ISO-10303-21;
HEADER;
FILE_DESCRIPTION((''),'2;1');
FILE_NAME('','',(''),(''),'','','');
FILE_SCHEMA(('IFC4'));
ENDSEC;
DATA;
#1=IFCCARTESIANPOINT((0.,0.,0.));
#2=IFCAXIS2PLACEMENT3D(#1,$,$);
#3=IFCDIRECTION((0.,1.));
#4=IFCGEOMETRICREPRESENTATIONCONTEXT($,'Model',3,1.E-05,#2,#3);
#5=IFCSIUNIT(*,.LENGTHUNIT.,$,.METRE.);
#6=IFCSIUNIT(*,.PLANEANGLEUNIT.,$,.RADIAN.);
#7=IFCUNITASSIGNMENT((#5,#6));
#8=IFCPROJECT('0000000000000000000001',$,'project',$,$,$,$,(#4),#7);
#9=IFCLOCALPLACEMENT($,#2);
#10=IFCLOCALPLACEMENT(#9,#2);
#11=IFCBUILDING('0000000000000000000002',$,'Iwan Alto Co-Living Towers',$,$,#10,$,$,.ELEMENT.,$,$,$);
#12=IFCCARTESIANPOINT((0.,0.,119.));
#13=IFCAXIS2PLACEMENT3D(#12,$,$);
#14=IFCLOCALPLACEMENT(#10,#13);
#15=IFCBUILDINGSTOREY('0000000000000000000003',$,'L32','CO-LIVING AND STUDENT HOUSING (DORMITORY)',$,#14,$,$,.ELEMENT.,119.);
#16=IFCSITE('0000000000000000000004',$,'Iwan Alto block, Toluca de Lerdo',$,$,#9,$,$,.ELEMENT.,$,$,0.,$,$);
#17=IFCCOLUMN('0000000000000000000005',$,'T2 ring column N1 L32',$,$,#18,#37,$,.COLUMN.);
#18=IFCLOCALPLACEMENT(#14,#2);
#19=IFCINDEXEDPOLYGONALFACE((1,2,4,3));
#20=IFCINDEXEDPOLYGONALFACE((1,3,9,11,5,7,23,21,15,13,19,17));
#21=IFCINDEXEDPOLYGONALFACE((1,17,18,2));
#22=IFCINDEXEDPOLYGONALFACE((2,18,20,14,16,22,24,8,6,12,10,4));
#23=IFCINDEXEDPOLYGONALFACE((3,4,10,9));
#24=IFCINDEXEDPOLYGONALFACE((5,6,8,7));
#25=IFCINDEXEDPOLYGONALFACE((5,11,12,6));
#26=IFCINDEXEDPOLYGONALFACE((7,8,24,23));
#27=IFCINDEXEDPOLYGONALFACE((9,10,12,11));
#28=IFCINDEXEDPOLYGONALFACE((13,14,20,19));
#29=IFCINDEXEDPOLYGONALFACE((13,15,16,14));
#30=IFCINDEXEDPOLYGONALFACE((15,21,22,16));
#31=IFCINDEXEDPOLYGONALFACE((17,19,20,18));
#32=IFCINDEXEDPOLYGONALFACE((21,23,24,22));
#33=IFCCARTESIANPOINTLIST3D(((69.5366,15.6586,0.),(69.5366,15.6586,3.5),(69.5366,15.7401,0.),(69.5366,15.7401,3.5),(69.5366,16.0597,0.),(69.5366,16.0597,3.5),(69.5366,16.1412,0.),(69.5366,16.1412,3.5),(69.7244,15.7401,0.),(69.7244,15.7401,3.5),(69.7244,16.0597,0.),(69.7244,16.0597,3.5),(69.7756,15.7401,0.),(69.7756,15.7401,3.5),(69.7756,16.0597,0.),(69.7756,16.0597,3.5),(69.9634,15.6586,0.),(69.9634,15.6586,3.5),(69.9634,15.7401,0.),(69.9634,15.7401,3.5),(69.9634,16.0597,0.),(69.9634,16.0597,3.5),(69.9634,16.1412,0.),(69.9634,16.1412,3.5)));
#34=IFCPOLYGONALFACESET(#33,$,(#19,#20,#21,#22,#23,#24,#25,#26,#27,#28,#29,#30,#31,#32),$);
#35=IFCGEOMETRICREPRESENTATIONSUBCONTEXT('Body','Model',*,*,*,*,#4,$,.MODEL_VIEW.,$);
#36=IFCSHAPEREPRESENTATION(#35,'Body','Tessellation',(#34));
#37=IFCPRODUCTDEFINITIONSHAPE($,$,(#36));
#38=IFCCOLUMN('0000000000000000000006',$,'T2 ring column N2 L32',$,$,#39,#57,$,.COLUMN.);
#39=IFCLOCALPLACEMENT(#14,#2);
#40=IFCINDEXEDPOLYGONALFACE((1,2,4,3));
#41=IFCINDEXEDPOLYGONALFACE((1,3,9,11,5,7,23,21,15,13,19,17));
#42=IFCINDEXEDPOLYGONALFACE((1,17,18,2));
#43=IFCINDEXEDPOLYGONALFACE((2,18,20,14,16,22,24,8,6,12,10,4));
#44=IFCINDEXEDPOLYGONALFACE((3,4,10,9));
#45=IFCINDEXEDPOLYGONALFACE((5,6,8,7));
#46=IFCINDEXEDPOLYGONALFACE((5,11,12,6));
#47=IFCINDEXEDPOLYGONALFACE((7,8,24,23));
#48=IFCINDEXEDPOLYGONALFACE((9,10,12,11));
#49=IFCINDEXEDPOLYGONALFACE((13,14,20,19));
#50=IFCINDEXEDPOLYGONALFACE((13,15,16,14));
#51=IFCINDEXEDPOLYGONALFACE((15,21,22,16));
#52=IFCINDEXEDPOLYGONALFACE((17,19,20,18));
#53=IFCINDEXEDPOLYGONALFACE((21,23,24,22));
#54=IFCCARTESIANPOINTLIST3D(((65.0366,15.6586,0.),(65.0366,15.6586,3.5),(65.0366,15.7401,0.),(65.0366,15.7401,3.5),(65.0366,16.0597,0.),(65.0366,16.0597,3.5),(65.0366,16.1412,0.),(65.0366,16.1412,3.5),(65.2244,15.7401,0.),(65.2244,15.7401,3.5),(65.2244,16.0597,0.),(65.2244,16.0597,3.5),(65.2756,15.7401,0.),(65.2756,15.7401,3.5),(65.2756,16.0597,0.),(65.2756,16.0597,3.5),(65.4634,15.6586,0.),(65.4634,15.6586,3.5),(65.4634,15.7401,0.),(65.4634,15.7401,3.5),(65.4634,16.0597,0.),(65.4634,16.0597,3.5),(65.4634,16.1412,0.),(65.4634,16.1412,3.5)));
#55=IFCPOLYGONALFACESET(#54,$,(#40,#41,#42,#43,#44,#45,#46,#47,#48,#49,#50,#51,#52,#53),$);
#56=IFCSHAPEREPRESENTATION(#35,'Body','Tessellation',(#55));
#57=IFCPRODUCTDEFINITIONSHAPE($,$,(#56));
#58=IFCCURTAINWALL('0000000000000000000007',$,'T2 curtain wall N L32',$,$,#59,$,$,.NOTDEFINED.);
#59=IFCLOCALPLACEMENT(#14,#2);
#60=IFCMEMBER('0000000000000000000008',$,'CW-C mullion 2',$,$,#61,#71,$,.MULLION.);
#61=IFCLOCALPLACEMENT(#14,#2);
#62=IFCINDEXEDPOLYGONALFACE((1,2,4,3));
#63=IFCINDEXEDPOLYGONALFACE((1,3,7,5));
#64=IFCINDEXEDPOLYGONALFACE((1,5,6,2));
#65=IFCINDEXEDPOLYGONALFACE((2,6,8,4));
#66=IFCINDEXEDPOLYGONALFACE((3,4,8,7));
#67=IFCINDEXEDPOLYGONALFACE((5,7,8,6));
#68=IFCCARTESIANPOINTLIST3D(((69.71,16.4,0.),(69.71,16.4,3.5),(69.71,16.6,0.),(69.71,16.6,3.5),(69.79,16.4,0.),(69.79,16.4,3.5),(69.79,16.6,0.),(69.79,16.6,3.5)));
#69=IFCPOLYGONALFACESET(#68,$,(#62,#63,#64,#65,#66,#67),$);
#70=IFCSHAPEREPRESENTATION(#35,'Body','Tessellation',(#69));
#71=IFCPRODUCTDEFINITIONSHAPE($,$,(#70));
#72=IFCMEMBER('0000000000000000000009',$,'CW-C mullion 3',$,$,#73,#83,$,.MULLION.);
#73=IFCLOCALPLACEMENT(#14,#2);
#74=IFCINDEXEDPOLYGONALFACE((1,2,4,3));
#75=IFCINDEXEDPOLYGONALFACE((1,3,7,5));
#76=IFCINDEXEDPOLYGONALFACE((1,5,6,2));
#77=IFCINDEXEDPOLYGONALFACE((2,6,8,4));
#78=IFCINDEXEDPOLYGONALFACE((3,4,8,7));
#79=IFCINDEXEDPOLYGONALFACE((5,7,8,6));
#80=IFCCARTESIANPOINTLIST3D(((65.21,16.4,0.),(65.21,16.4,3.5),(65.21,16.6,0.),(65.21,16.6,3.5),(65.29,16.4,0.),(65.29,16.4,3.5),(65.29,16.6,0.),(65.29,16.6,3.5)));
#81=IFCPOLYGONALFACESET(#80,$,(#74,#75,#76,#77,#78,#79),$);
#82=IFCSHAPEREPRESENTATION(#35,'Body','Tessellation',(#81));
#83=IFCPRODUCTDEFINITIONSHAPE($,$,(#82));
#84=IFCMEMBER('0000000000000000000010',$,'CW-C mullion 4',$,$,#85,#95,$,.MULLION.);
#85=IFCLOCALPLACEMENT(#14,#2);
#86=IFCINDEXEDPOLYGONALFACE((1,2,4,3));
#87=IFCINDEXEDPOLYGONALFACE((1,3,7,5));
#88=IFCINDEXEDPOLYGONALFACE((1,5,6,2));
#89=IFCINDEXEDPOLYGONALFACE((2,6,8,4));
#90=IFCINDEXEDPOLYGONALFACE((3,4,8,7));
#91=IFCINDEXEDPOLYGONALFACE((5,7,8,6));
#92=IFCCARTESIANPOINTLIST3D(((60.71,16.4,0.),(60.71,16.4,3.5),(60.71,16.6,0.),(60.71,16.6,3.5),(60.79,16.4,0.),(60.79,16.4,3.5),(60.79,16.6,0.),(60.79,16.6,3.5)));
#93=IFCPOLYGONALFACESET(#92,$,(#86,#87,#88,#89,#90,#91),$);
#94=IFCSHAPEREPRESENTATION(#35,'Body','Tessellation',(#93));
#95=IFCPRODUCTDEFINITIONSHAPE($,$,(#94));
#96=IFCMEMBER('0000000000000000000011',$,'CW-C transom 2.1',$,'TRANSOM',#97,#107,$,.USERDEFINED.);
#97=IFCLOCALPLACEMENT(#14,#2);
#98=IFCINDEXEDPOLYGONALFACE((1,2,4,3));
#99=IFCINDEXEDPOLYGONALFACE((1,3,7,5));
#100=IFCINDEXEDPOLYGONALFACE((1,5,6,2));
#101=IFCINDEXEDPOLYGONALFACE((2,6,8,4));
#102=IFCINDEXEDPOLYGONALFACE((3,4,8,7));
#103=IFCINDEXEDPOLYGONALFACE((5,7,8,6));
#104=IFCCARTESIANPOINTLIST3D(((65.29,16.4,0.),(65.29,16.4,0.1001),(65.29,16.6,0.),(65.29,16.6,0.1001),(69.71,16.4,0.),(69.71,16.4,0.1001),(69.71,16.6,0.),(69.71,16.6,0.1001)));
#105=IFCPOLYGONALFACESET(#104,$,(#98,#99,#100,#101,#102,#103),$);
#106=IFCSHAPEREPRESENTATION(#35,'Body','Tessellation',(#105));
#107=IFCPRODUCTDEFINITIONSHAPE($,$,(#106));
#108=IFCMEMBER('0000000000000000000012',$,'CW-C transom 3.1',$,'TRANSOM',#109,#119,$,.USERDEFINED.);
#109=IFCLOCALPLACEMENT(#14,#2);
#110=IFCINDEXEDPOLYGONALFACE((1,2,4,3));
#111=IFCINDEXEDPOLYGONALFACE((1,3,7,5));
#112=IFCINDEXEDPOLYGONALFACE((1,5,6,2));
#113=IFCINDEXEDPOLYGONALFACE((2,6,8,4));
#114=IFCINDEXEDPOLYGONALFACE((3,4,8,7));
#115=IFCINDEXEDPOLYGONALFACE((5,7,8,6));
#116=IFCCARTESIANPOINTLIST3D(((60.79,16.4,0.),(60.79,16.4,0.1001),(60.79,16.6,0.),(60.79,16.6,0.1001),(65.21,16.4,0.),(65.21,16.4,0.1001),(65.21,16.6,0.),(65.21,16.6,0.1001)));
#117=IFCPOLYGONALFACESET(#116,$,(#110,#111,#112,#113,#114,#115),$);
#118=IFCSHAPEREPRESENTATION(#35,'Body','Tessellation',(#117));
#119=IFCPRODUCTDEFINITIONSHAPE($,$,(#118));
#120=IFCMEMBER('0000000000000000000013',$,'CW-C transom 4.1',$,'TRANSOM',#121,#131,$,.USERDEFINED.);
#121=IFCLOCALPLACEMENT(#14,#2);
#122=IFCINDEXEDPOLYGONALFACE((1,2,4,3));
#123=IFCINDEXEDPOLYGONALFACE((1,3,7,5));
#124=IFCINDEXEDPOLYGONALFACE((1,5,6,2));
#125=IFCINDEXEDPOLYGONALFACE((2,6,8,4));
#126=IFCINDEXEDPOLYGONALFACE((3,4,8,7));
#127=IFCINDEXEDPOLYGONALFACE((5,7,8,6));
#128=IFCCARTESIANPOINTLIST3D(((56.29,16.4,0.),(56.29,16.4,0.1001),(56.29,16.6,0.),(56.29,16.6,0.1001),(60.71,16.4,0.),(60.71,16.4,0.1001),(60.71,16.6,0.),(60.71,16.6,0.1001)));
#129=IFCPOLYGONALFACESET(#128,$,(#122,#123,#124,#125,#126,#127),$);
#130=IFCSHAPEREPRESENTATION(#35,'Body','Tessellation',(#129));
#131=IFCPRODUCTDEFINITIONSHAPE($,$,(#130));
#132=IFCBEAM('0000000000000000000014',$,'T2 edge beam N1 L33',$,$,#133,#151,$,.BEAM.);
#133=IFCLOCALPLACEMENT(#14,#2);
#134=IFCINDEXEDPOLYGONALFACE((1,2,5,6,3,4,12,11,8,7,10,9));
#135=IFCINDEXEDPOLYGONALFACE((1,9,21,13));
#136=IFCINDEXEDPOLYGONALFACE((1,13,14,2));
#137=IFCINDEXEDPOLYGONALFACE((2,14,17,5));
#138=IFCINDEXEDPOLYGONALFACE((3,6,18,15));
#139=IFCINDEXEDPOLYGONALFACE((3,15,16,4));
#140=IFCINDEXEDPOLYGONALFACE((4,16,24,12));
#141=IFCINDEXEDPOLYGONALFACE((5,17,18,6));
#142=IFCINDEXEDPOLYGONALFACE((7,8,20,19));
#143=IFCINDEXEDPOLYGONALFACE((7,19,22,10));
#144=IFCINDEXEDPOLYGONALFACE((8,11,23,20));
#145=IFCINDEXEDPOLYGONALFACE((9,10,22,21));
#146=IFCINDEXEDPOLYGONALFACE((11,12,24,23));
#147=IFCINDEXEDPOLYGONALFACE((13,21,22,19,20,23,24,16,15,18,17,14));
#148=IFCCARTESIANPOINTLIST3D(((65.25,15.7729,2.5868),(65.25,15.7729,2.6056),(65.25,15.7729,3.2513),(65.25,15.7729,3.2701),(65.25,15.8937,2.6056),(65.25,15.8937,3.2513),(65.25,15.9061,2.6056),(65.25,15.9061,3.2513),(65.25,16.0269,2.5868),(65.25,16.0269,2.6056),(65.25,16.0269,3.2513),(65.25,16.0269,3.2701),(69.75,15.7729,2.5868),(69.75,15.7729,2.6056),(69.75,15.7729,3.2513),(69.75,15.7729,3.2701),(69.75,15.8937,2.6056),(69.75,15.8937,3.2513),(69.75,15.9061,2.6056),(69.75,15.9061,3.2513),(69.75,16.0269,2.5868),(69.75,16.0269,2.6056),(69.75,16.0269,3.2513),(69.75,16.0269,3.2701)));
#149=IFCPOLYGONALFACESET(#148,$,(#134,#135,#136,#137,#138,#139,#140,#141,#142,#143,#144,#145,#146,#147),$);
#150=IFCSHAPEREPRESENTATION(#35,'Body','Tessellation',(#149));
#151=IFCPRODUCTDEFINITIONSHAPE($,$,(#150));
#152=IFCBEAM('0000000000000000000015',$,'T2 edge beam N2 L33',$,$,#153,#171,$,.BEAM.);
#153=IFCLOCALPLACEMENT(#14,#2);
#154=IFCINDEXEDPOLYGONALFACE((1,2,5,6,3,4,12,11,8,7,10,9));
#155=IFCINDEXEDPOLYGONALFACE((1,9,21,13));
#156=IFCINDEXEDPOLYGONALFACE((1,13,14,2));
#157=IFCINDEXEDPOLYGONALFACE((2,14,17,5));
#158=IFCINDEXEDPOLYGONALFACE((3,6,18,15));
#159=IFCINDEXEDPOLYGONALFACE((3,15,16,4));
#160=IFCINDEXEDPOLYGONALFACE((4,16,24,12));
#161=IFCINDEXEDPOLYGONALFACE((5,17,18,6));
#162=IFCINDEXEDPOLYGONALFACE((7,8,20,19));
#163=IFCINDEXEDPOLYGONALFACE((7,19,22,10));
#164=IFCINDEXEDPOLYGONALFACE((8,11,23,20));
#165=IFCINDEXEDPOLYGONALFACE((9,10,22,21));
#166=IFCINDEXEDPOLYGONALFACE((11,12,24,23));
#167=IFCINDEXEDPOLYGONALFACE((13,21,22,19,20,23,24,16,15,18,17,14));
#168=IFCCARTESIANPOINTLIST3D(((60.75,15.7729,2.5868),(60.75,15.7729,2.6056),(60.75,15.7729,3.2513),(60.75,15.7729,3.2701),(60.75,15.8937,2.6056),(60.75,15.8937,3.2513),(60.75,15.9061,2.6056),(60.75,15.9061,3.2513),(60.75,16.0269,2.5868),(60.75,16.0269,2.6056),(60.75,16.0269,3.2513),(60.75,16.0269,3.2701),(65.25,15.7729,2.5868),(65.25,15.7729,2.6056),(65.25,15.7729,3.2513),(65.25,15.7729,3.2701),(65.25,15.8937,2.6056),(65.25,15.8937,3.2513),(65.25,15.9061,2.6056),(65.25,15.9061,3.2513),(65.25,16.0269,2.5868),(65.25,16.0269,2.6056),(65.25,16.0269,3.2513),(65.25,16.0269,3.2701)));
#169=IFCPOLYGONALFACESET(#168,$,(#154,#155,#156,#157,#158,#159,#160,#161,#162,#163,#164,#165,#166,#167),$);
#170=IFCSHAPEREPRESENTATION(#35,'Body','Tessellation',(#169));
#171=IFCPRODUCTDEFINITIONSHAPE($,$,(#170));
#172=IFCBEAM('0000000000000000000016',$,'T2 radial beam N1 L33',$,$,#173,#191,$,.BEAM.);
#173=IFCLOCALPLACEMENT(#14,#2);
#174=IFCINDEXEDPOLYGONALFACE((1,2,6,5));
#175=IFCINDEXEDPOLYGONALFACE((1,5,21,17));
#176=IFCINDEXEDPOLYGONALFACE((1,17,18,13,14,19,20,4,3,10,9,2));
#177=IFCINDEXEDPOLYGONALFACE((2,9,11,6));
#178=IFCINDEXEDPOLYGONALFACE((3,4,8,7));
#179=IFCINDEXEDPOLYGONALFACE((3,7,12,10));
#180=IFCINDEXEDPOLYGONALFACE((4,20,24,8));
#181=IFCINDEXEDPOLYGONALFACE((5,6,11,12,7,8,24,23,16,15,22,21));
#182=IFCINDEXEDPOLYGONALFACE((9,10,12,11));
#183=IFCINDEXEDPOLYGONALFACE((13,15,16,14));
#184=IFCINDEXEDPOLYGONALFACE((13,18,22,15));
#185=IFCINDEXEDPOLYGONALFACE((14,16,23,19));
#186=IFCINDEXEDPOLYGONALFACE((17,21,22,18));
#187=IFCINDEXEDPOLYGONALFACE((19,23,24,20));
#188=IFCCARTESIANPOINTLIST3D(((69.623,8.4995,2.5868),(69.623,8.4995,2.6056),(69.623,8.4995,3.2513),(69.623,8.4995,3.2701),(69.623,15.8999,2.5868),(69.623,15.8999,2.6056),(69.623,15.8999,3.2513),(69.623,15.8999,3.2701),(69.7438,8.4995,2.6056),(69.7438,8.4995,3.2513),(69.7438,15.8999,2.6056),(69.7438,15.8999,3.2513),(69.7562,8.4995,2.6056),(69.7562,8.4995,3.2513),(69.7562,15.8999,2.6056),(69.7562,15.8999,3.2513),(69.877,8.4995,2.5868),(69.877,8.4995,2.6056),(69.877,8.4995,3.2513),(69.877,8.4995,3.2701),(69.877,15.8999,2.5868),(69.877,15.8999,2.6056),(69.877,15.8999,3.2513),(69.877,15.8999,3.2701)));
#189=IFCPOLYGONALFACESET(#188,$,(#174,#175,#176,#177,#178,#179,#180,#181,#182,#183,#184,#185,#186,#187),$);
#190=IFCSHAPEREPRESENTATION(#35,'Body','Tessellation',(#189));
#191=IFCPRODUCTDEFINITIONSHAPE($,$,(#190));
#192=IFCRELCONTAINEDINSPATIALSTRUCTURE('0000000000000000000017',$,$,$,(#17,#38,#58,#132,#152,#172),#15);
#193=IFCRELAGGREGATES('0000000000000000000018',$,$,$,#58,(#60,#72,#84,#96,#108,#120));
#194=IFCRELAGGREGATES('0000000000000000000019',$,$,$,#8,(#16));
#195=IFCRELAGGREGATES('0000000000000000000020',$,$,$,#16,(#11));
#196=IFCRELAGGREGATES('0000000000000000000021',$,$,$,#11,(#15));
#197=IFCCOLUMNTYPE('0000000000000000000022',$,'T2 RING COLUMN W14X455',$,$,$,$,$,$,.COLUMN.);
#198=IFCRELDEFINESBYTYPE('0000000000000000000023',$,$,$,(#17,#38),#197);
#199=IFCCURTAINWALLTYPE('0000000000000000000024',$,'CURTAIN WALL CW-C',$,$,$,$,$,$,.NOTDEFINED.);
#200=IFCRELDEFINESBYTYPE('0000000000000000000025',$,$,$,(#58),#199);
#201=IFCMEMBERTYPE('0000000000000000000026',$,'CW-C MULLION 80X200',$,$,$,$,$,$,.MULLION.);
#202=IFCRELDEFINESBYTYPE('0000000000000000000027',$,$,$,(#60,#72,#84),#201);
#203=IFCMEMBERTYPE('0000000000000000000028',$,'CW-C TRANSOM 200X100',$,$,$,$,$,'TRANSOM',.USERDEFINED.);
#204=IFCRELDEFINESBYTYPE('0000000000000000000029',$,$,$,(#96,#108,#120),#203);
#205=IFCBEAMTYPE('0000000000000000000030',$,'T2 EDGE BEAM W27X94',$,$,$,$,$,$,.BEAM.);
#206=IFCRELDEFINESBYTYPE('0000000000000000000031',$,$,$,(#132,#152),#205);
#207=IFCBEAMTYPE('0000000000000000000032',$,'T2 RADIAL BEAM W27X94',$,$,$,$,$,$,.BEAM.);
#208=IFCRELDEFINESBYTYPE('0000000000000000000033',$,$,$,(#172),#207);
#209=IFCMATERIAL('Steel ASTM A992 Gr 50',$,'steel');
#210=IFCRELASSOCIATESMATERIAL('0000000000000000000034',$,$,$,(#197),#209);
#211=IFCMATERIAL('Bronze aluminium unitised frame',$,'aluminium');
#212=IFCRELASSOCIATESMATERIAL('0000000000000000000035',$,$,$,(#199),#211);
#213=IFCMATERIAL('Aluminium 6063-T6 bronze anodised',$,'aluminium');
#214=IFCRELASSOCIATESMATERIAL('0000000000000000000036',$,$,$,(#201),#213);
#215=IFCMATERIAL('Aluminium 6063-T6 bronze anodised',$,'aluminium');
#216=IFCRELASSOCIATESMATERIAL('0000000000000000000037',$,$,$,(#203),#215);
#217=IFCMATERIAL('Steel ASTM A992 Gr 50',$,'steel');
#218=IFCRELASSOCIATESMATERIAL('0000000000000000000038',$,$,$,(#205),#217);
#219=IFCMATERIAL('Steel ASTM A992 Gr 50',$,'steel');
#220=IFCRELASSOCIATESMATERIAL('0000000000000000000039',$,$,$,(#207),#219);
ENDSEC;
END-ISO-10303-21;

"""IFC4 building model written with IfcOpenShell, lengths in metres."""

from ifc_helpers import new_model, si_unit, direction, frame, origin, origin_2d, place, context, subcontext, project, spatial, rectangle, i_section, extrude, material, material_profile, profile_set, type_object, element, aggregate, save


model = new_model("IFC4")

# Units and contexts
model_context = context("Model", 3, precision=1e-05, world=origin(), true_north=direction((0.0, 1.0)))
body_context = subcontext(model_context, "Body", "Model", "MODEL_VIEW")
ifc_project = project(units=[si_unit("LENGTHUNIT", "METRE"), si_unit("PLANEANGLEUNIT", "RADIAN")], contexts=[model_context])

# Site, building, storey
site_placement = place(None, origin())
site = spatial("IfcSite", under=ifc_project, at=site_placement, Name="Iwan Alto block, Toluca de Lerdo", CompositionType="ELEMENT", RefElevation=0.0)
building_placement = place(site_placement, origin())
building = spatial("IfcBuilding", under=site, at=building_placement, Name="Iwan Alto Co-Living Towers", CompositionType="ELEMENT")
storey_placement = place(building_placement, frame((0.0, 0.0, 119.0)))
storey = spatial("IfcBuildingStorey", under=building, at=storey_placement, Name="L32", Description="CO-LIVING AND STUDENT HOUSING (DORMITORY)", CompositionType="ELEMENT", Elevation=119.0)

# Columns
ifc_material_1 = material(Name="Steel ASTM A992 Gr 50", Category="steel")
ifc_material_profile_1 = material_profile(ifc_material_1, i_section(OverallWidth=0.4268, OverallDepth=0.4827, WebThickness=0.0513, FlangeThickness=0.0815, at=origin_2d()), Name="W14X455")
ifc_profile_set_1 = profile_set([ifc_material_profile_1], Name="Steel ASTM A992 Gr 50")
column_type = type_object("IfcColumnType", Name="T2 RING COLUMN W14X455", PredefinedType="COLUMN", material=ifc_profile_set_1)
for number, where, z_axis, x_axis, name in (
    (1, (69.75, 15.8999, 0.0), (0.0, 0.0, 1.0), (1.0, 0.0, 0.0), "T2 ring column N1 L32"),
    (2, (65.25, 15.8999, 0.0), (0.0, 0.0, 1.0), (1.0, 0.0, 0.0), "T2 ring column N2 L32"),
):
    element("IfcColumn", number, at=place(storey_placement, frame(where, z_axis=z_axis, x_axis=x_axis)), inside=storey, type_object=column_type, Name=name, PredefinedType="COLUMN", context=body_context, shape_type="SweptSolid", body=[
        extrude(i_section(OverallWidth=0.4268, OverallDepth=0.4827, WebThickness=0.0513, FlangeThickness=0.0815, at=origin_2d()), origin(), (0.0, 0.0, 1.0), 3.5),
    ])

# Curtain wall, members
ifc_material_2 = material(Name="Bronze aluminium unitised frame", Category="aluminium")
curtain_wall_type = type_object("IfcCurtainWallType", Name="CURTAIN WALL CW-C", PredefinedType="NOTDEFINED", material=ifc_material_2)
curtain_wall_placement = place(storey_placement, origin())
curtain_wall = element("IfcCurtainWall", 3, at=curtain_wall_placement, inside=storey, type_object=curtain_wall_type, Name="T2 curtain wall N L32", PredefinedType="NOTDEFINED")
ifc_material_3 = material(Name="Aluminium 6063-T6 bronze anodised", Category="aluminium")
ifc_material_profile_2 = material_profile(ifc_material_3, rectangle(XDim=0.2, YDim=0.0801, at=origin_2d()), Name="AL 80X200")
ifc_profile_set_2 = profile_set([ifc_material_profile_2], Name="Aluminium 6063-T6 bronze anodised")
member_type_1 = type_object("IfcMemberType", Name="CW-C MULLION 80X200", PredefinedType="MULLION", material=ifc_profile_set_2)
member_1_placement = place(storey_placement, frame((69.75, 16.5, 0.0), z_axis=(0.0, 0.0, 1.0), x_axis=(0.0, -1.0, 0.0)))
member_1 = element("IfcMember", 4, at=member_1_placement, type_object=member_type_1, Name="CW-C mullion 2", PredefinedType="MULLION", context=body_context, shape_type="SweptSolid", body=[
    extrude(rectangle(XDim=0.2, YDim=0.0801, at=origin_2d()), origin(), (0.0, 0.0, 1.0), 3.5),
])
member_2_placement = place(storey_placement, frame((65.25, 16.5, 0.0), z_axis=(0.0, 0.0, 1.0), x_axis=(0.0, -1.0, 0.0)))
member_2 = element("IfcMember", 5, at=member_2_placement, type_object=member_type_1, Name="CW-C mullion 3", PredefinedType="MULLION", context=body_context, shape_type="SweptSolid", body=[
    extrude(rectangle(XDim=0.2, YDim=0.0801, at=origin_2d()), origin(), (0.0, 0.0, 1.0), 3.5),
])
member_3_placement = place(storey_placement, frame((60.75, 16.5, 0.0), z_axis=(0.0, 0.0, 1.0), x_axis=(0.0, -1.0, 0.0)))
member_3 = element("IfcMember", 6, at=member_3_placement, type_object=member_type_1, Name="CW-C mullion 4", PredefinedType="MULLION", context=body_context, shape_type="SweptSolid", body=[
    extrude(rectangle(XDim=0.2, YDim=0.0801, at=origin_2d()), origin(), (0.0, 0.0, 1.0), 3.5),
])
ifc_material_4 = material(Name="Aluminium 6063-T6 bronze anodised", Category="aluminium")
ifc_material_profile_3 = material_profile(ifc_material_4, rectangle(XDim=0.2, YDim=0.1001, at=origin_2d()), Name="AL 200X100")
ifc_profile_set_3 = profile_set([ifc_material_profile_3], Name="Aluminium 6063-T6 bronze anodised")
member_type_2 = type_object("IfcMemberType", Name="CW-C TRANSOM 200X100", ElementType="TRANSOM", PredefinedType="USERDEFINED", material=ifc_profile_set_3)
member_4_placement = place(storey_placement, frame((69.71, 16.5, 0.05), z_axis=(-1.0, 0.0, 0.0), x_axis=(0.0, -1.0, 0.0)))
member_4 = element("IfcMember", 7, at=member_4_placement, type_object=member_type_2, Name="CW-C transom 2.1", ObjectType="TRANSOM", PredefinedType="USERDEFINED", context=body_context, shape_type="SweptSolid", body=[
    extrude(rectangle(XDim=0.2, YDim=0.1001, at=origin_2d()), origin(), (0.0, 0.0, 1.0), 4.4199),
])
member_5_placement = place(storey_placement, frame((65.21, 16.5, 0.05), z_axis=(-1.0, 0.0, 0.0), x_axis=(0.0, -1.0, 0.0)))
member_5 = element("IfcMember", 8, at=member_5_placement, type_object=member_type_2, Name="CW-C transom 3.1", ObjectType="TRANSOM", PredefinedType="USERDEFINED", context=body_context, shape_type="SweptSolid", body=[
    extrude(rectangle(XDim=0.2, YDim=0.1001, at=origin_2d()), origin(), (0.0, 0.0, 1.0), 4.4199),
])
member_6_placement = place(storey_placement, frame((60.71, 16.5, 0.05), z_axis=(-1.0, 0.0, 0.0), x_axis=(0.0, -1.0, 0.0)))
member_6 = element("IfcMember", 9, at=member_6_placement, type_object=member_type_2, Name="CW-C transom 4.1", ObjectType="TRANSOM", PredefinedType="USERDEFINED", context=body_context, shape_type="SweptSolid", body=[
    extrude(rectangle(XDim=0.2, YDim=0.1001, at=origin_2d()), origin(), (0.0, 0.0, 1.0), 4.4199),
])

# Beams
ifc_material_5 = material(Name="Steel ASTM A992 Gr 50", Category="steel")
ifc_material_profile_4 = material_profile(ifc_material_5, i_section(OverallWidth=0.2539, OverallDepth=0.6833, WebThickness=0.0125, FlangeThickness=0.0188, at=origin_2d()), Name="W27X94")
ifc_profile_set_4 = profile_set([ifc_material_profile_4], Name="Steel ASTM A992 Gr 50")
beam_type_1 = type_object("IfcBeamType", Name="T2 EDGE BEAM W27X94", PredefinedType="BEAM", material=ifc_profile_set_4)
for number, where, z_axis, x_axis, name in (
    (10, (69.75, 15.8999, 2.9285), (-1.0, 0.0, 0.0), (0.0, -1.0, 0.0), "T2 edge beam N1 L33"),
    (11, (65.25, 15.8999, 2.9285), (-1.0, 0.0, 0.0), (0.0, -1.0, 0.0), "T2 edge beam N2 L33"),
):
    element("IfcBeam", number, at=place(storey_placement, frame(where, z_axis=z_axis, x_axis=x_axis)), inside=storey, type_object=beam_type_1, Name=name, PredefinedType="BEAM", context=body_context, shape_type="SweptSolid", body=[
        extrude(i_section(OverallWidth=0.2539, OverallDepth=0.6833, WebThickness=0.0125, FlangeThickness=0.0188, at=origin_2d()), origin(), (0.0, 0.0, 1.0), 4.5),
    ])
ifc_material_6 = material(Name="Steel ASTM A992 Gr 50", Category="steel")
ifc_material_profile_5 = material_profile(ifc_material_6, i_section(OverallWidth=0.2539, OverallDepth=0.6833, WebThickness=0.0125, FlangeThickness=0.0188, at=origin_2d()), Name="W27X94")
ifc_profile_set_5 = profile_set([ifc_material_profile_5], Name="Steel ASTM A992 Gr 50")
beam_type_2 = type_object("IfcBeamType", Name="T2 RADIAL BEAM W27X94", PredefinedType="BEAM", material=ifc_profile_set_5)
for number, where, z_axis, x_axis, name in (
    (12, (69.75, 15.8999, 2.9285), (0.0, -1.0, 0.0), (1.0, 0.0, 0.0), "T2 radial beam N1 L33"),
):
    element("IfcBeam", number, at=place(storey_placement, frame(where, z_axis=z_axis, x_axis=x_axis)), inside=storey, type_object=beam_type_2, Name=name, PredefinedType="BEAM", context=body_context, shape_type="SweptSolid", body=[
        extrude(i_section(OverallWidth=0.2539, OverallDepth=0.6833, WebThickness=0.0125, FlangeThickness=0.0188, at=origin_2d()), origin(), (0.0, 0.0, 1.0), 7.4004),
    ])

aggregate(curtain_wall, [member_1, member_2, member_3, member_4, member_5, member_6])

save(model, "model.ifc")
